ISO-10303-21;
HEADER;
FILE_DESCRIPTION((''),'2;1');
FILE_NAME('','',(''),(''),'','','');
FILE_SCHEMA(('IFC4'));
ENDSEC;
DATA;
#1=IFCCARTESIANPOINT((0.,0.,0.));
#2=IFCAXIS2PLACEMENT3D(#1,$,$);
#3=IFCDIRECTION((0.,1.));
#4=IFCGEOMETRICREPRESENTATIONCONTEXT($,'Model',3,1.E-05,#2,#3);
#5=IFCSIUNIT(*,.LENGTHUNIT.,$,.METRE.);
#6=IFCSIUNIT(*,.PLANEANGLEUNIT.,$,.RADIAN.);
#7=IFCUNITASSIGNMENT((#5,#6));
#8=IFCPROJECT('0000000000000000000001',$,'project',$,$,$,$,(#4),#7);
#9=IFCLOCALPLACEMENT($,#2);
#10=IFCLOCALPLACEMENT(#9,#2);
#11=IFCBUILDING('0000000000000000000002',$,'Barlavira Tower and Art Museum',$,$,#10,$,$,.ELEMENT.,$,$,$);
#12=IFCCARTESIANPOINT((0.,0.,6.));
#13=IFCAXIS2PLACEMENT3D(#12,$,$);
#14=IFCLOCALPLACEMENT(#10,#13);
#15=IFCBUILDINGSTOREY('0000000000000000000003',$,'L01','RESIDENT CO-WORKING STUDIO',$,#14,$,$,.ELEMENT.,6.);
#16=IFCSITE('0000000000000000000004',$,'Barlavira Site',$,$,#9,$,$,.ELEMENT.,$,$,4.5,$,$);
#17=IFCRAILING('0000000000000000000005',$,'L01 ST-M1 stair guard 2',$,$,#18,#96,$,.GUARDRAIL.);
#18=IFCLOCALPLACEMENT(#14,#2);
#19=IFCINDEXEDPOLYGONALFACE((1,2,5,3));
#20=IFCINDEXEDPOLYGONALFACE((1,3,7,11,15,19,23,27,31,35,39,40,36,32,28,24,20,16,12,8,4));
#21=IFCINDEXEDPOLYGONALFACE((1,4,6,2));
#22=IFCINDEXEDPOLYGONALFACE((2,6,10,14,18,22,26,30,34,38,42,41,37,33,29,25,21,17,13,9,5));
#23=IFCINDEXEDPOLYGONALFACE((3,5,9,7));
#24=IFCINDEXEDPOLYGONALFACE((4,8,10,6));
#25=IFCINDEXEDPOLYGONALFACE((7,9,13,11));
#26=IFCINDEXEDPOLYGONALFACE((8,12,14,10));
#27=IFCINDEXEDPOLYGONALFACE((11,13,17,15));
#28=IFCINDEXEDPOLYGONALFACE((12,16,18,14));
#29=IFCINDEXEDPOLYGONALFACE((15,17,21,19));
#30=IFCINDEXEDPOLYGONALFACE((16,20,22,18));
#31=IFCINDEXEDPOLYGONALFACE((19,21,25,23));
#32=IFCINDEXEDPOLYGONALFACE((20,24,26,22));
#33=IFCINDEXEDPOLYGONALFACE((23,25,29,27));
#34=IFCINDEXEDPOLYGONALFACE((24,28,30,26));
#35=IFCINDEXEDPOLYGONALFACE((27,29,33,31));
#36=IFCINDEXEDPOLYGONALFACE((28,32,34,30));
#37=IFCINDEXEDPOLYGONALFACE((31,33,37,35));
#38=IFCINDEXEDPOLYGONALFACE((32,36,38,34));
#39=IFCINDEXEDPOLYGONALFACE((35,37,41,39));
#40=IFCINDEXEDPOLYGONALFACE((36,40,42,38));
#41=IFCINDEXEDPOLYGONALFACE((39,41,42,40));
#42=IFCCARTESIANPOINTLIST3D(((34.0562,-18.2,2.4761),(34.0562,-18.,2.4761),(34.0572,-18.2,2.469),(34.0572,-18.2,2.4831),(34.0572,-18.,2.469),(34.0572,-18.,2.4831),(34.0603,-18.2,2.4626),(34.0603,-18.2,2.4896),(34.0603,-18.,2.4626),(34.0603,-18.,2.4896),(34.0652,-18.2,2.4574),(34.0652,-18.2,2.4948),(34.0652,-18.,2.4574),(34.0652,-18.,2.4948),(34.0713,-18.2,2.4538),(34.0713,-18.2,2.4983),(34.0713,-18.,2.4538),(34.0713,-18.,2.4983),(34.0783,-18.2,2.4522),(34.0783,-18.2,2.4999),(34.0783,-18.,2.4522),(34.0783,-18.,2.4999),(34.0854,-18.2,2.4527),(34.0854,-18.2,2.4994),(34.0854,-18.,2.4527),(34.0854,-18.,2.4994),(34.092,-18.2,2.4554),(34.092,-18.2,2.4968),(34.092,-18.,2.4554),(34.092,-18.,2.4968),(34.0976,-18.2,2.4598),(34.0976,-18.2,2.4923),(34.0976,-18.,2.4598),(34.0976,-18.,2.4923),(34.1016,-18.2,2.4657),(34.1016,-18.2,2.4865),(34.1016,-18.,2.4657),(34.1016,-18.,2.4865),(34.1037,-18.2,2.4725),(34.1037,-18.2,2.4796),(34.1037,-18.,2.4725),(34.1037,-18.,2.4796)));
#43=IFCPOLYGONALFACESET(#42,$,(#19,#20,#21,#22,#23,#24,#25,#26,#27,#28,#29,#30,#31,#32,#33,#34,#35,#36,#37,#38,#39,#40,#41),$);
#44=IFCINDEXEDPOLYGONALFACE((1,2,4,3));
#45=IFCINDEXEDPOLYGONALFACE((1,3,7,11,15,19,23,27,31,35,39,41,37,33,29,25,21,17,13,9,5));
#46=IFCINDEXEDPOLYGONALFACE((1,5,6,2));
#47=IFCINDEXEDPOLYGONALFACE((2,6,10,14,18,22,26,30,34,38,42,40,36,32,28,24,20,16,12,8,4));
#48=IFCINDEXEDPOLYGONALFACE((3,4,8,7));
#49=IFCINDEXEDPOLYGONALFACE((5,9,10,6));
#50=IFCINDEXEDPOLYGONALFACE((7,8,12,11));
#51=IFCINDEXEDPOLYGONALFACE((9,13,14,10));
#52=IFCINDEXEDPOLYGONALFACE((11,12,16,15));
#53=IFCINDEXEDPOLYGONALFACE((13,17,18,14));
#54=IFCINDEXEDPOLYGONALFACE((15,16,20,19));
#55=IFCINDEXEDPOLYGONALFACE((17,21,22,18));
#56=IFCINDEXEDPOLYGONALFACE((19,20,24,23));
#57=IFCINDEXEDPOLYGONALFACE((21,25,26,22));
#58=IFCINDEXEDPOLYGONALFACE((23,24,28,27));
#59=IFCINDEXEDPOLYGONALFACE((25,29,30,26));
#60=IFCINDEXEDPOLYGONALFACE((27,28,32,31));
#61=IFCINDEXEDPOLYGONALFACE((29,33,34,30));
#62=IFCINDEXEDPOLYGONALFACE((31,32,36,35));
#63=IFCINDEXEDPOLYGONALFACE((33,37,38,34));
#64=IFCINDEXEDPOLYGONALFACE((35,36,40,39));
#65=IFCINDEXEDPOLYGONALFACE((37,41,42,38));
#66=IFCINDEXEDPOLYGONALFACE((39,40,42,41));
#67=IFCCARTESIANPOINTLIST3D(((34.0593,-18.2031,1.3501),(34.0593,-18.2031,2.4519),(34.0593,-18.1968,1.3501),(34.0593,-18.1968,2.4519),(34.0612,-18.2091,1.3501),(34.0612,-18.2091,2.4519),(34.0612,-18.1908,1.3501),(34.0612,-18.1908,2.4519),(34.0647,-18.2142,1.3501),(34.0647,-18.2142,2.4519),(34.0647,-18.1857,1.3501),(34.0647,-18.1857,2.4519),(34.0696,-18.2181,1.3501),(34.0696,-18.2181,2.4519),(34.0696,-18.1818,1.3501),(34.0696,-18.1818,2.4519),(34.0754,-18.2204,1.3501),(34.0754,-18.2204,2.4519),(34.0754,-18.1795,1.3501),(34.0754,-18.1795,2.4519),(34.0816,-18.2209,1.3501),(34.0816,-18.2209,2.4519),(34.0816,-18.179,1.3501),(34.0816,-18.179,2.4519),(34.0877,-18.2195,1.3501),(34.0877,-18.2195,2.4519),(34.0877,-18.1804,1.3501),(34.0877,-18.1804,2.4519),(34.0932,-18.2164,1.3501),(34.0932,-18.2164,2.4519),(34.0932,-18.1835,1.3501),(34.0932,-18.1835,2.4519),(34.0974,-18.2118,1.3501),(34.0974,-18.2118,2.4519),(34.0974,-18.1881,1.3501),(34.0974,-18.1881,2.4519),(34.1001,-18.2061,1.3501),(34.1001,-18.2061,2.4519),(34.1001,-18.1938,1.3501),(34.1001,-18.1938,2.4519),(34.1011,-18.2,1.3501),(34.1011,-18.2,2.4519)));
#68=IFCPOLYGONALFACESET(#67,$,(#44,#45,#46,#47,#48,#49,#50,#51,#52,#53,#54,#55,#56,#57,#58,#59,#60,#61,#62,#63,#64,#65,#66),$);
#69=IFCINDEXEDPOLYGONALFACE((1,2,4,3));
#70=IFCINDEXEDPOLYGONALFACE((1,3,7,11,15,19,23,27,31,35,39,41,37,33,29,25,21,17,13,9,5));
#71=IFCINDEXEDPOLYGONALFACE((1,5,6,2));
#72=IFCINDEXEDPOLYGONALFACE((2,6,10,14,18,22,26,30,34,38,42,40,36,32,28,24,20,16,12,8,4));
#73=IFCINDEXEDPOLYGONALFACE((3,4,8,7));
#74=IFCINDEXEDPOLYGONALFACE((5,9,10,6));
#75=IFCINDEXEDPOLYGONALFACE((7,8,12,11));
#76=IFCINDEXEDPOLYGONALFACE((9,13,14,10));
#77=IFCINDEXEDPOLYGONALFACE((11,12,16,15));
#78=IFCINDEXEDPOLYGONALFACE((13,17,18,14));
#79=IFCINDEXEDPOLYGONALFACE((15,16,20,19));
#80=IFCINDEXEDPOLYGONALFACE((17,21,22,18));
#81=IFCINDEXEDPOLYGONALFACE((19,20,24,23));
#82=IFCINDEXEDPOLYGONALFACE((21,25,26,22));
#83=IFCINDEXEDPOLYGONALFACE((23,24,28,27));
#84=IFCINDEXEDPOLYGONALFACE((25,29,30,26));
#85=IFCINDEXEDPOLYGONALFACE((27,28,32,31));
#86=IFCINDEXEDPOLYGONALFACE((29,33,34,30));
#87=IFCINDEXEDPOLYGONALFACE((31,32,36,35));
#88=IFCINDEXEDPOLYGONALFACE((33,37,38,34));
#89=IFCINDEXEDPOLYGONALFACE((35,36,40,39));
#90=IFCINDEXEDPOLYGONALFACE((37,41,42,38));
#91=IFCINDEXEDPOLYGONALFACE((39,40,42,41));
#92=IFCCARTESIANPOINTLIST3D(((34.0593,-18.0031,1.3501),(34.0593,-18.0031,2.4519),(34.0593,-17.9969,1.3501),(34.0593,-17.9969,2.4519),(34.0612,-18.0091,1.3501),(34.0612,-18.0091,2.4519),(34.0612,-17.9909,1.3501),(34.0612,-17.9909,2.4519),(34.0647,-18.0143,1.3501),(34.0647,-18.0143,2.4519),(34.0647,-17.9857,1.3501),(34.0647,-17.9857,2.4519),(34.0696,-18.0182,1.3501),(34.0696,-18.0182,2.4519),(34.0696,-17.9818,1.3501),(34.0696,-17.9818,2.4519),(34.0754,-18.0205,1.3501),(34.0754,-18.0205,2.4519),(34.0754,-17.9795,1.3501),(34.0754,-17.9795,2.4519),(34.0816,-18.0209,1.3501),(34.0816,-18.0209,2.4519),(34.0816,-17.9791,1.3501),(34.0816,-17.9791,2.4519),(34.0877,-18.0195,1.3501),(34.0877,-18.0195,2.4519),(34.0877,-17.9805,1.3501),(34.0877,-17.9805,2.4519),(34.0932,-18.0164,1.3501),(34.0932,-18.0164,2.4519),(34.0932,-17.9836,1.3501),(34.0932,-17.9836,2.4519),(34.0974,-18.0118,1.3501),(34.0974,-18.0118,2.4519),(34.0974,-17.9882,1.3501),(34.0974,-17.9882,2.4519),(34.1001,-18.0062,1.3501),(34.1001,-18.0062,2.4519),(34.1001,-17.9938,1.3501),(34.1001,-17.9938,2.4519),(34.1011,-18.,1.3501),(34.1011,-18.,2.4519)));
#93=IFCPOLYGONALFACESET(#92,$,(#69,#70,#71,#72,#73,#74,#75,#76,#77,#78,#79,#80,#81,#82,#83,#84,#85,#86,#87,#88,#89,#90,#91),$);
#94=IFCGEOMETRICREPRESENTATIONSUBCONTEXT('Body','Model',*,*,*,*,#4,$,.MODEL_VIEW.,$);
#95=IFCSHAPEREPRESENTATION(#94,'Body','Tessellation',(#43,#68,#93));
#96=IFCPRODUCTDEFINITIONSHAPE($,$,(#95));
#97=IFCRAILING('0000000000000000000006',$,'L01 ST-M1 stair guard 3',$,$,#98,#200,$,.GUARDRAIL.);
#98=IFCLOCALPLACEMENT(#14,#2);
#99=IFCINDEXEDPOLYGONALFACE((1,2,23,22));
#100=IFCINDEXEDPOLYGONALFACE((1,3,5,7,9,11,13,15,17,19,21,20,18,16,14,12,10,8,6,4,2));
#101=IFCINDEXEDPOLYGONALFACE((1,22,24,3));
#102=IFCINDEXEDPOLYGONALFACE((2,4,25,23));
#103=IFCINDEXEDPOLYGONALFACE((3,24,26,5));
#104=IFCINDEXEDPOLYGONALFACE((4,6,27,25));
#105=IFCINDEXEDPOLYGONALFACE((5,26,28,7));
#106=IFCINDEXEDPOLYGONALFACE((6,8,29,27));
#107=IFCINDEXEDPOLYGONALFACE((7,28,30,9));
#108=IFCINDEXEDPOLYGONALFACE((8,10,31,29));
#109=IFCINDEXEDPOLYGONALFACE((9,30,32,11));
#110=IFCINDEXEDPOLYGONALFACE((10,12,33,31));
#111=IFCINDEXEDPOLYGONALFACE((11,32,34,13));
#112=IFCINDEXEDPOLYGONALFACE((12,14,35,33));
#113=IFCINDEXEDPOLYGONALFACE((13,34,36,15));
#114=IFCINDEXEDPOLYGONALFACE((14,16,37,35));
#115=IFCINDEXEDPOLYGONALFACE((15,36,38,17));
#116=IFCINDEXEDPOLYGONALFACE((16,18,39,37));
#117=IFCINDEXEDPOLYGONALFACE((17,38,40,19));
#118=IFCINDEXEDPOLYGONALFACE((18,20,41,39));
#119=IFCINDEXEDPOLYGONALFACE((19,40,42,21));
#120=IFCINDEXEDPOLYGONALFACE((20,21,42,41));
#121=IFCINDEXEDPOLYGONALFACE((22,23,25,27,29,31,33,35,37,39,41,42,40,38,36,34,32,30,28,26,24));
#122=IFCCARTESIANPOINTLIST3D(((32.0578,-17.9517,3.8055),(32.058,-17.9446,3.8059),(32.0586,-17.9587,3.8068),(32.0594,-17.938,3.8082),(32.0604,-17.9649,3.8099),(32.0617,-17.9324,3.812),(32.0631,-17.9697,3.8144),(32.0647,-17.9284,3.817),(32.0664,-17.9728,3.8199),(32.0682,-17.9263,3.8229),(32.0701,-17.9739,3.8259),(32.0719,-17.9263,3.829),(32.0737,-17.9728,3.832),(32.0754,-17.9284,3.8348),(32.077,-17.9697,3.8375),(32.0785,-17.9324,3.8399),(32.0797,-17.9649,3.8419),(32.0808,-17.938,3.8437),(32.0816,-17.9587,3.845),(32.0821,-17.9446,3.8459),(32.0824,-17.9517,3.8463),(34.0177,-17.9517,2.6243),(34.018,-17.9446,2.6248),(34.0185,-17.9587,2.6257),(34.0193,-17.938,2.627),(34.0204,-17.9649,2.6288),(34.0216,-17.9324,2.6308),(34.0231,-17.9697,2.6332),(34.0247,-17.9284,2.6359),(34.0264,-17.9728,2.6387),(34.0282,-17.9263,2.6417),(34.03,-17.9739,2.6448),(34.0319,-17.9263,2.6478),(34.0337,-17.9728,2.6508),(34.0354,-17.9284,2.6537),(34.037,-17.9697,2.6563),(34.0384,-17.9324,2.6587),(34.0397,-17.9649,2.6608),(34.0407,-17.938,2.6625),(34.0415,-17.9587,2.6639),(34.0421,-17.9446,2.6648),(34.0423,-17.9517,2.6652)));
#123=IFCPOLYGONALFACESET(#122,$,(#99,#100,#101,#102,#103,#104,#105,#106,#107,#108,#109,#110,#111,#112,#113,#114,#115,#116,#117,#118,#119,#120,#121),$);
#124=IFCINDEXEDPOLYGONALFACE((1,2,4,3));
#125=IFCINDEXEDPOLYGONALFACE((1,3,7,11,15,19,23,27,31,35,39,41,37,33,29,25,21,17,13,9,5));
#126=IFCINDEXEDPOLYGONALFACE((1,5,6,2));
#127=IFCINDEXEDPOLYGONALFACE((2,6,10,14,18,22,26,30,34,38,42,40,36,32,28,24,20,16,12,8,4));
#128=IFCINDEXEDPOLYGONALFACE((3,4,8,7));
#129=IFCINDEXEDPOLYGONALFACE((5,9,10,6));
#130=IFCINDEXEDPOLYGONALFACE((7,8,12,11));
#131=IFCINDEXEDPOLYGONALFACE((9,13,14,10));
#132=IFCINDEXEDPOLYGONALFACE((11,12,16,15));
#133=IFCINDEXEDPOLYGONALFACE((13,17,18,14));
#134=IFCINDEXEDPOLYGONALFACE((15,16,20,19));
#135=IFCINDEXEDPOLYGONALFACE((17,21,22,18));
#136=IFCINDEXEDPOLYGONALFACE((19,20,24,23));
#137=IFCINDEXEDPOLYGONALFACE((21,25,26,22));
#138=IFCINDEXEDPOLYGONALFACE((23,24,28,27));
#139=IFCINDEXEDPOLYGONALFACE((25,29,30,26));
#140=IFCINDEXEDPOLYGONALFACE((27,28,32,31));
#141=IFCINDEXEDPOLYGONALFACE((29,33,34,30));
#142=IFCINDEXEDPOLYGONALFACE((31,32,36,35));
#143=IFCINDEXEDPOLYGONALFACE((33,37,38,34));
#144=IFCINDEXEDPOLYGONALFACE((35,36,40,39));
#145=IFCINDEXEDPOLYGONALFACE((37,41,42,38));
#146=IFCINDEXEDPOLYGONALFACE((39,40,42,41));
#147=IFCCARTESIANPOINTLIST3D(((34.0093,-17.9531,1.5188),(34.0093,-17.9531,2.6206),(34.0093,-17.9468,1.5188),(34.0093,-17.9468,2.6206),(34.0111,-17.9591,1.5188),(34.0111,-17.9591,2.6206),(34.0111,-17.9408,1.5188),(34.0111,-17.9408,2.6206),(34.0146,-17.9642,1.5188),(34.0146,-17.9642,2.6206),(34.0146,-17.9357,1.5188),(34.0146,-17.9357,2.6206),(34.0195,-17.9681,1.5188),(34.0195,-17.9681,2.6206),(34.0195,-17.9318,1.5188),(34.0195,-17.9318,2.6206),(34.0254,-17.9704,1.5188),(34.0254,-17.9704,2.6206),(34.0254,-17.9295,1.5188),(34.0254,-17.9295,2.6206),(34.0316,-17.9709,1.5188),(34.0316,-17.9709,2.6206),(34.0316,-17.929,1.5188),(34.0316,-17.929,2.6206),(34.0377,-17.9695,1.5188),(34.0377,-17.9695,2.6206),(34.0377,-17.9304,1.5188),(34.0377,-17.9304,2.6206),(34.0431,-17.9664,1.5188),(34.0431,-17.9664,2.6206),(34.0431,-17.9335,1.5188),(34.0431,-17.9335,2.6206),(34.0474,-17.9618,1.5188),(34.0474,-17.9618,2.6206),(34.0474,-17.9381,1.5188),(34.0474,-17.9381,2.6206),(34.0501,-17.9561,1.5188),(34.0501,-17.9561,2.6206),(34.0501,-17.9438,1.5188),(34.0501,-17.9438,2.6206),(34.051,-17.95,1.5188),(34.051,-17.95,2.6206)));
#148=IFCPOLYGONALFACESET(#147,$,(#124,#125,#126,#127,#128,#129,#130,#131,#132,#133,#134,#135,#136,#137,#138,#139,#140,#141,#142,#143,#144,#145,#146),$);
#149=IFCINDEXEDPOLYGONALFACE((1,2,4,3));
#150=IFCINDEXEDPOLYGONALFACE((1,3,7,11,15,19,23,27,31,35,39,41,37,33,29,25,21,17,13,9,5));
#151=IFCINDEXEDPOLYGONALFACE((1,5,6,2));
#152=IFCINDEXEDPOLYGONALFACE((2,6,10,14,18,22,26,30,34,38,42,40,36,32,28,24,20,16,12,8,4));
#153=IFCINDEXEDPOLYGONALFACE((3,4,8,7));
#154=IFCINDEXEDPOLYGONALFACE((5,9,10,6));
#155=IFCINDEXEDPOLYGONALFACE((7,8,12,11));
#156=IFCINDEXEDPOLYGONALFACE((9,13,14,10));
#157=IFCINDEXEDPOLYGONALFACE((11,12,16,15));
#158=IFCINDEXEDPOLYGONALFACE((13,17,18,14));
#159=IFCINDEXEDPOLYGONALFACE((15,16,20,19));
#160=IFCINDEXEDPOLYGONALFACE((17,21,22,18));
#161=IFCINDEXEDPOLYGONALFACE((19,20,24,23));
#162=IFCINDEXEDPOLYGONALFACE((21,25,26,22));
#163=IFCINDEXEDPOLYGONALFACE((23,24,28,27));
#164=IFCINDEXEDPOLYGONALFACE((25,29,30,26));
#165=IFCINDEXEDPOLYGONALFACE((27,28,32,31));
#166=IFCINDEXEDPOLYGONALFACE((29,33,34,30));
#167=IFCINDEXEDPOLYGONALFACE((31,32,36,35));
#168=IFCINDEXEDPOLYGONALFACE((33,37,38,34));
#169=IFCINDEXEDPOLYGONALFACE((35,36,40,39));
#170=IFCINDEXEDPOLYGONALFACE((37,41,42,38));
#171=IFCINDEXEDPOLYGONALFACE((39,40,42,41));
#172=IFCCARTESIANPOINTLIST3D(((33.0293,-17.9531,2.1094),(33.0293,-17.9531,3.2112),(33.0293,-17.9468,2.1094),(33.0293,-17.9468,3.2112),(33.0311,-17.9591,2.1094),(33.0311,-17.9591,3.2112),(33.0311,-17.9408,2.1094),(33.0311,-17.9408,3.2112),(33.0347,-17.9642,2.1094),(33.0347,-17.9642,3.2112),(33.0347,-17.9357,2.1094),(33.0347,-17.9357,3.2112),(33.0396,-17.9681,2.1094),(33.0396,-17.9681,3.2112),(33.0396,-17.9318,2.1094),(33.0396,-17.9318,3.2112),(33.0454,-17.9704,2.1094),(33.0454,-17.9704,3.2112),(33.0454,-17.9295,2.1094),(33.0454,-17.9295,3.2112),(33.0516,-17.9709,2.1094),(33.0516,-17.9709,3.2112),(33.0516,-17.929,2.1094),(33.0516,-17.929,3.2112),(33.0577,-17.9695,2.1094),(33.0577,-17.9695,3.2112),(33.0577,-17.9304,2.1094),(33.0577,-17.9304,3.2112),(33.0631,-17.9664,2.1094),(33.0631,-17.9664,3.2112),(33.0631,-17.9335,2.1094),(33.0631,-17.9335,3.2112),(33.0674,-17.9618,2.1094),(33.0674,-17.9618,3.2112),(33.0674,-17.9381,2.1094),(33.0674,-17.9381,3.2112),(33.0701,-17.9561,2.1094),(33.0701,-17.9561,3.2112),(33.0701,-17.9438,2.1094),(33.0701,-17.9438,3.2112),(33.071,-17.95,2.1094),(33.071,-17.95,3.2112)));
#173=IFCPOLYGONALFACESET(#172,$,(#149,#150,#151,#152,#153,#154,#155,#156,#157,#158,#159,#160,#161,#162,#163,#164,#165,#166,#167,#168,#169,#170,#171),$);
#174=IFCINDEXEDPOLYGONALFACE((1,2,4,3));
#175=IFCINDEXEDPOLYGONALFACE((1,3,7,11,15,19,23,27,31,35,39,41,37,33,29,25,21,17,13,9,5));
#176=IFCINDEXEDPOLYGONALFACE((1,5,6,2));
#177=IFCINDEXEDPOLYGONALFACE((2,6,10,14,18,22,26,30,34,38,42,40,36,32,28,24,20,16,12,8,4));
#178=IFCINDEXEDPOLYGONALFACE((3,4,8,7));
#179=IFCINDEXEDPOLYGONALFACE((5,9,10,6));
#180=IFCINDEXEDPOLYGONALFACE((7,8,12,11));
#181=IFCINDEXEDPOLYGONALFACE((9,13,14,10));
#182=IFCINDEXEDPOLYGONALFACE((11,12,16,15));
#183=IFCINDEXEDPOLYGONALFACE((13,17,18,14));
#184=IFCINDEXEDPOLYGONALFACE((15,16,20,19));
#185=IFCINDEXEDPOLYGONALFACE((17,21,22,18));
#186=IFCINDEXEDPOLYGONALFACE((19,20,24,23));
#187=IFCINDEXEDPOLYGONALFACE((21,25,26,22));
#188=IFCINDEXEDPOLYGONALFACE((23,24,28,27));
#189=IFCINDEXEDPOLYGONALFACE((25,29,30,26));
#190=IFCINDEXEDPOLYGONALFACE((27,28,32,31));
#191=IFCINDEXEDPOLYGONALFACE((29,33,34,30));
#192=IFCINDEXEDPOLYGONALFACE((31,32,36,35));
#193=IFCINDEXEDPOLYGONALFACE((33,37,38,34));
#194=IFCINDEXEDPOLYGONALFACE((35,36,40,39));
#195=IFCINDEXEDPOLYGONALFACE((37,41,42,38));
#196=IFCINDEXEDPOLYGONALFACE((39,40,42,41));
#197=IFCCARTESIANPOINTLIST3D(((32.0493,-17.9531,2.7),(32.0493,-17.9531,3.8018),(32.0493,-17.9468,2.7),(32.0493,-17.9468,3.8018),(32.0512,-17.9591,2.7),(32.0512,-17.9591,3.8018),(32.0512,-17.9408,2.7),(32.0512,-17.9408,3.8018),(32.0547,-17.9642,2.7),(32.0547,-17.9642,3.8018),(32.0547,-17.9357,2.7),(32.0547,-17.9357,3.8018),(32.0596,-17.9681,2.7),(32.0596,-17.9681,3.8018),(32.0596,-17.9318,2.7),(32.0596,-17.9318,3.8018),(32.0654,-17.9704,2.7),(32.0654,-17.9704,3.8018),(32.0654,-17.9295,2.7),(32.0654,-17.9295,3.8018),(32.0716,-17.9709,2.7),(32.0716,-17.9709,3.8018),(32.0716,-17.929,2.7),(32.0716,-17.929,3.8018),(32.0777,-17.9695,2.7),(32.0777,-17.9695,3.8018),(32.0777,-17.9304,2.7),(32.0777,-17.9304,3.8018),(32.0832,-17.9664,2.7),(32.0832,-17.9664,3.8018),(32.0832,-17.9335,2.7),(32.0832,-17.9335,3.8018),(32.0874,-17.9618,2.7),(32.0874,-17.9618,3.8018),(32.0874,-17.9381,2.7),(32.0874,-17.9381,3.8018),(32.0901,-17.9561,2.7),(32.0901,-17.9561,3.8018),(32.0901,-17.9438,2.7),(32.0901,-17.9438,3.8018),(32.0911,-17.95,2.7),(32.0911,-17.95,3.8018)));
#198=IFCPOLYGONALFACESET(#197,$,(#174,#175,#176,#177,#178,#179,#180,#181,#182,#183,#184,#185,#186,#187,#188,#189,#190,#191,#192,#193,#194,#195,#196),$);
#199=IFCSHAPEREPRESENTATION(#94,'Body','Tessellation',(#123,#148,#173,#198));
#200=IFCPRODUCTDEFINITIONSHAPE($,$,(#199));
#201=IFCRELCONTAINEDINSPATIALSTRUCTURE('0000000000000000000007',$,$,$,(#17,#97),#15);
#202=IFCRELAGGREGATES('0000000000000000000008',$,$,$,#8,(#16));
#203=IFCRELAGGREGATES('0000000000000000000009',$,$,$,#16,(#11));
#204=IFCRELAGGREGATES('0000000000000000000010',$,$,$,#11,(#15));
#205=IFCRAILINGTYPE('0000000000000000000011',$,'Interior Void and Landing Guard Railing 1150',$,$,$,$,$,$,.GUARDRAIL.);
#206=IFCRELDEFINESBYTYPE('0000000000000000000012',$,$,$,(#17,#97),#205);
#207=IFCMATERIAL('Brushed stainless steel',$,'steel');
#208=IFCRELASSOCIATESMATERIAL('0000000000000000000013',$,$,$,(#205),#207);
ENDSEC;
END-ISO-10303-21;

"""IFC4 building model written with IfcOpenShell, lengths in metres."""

from ifc_helpers import new_model, si_unit, direction, frame, origin, origin_2d, place, context, subcontext, project, spatial, circle, extrude, material, type_object, element, save


model = new_model("IFC4")

# Units and contexts
model_context = context("Model", 3, precision=1e-05, world=origin(), true_north=direction((0.0, 1.0)))
body_context = subcontext(model_context, "Body", "Model", "MODEL_VIEW")
ifc_project = project(units=[si_unit("LENGTHUNIT", "METRE"), si_unit("PLANEANGLEUNIT", "RADIAN")], contexts=[model_context])

# Site, building, storey
site_placement = place(None, origin())
site = spatial("IfcSite", under=ifc_project, at=site_placement, Name="Barlavira Site", CompositionType="ELEMENT", RefElevation=4.5)
building_placement = place(site_placement, origin())
building = spatial("IfcBuilding", under=site, at=building_placement, Name="Barlavira Tower and Art Museum", CompositionType="ELEMENT")
storey_placement = place(building_placement, frame((0.0, 0.0, 6.0)))
storey = spatial("IfcBuildingStorey", under=building, at=storey_placement, Name="L01", Description="RESIDENT CO-WORKING STUDIO", CompositionType="ELEMENT", Elevation=6.0)

# Shared definitions
ifc_material_1 = material(Name="Brushed stainless steel", Category="steel")

# Railings
railing_type_1 = type_object("IfcRailingType", Name="Interior Void and Landing Guard Railing 1150", PredefinedType="GUARDRAIL", material=ifc_material_1)
railing_1_placement = place(storey_placement, frame((34.0801, -18.2, 1.3501)))
element("IfcRailing", 1, at=railing_1_placement, inside=storey, type_object=railing_type_1, Name="L01 ST-M1 stair guard 2", PredefinedType="GUARDRAIL", context=body_context, shape_type="SweptSolid", body=[
    extrude(circle(Radius=0.0239, at=origin_2d()), frame((0.0, 0.0, 1.126), z_axis=(0.0, 1.0, 0.0), x_axis=(-1.0, 0.0, 0.0)), (0.0, 0.0, 1.0), 0.2),
    extrude(circle(Radius=0.021, at=origin_2d()), origin(), (0.0, 0.0, 1.0), 1.1018),
    extrude(circle(Radius=0.021, at=origin_2d()), frame((0.0, 0.2, 0.0)), (0.0, 0.0, 1.0), 1.1018),
])
railing_2_placement = place(storey_placement, frame((34.03, -17.95, 1.5188)))
element("IfcRailing", 2, at=railing_2_placement, inside=storey, type_object=railing_type_1, Name="L01 ST-M1 stair guard 3", PredefinedType="GUARDRAIL", context=body_context, shape_type="SweptSolid", body=[
    extrude(circle(Radius=0.0239, at=origin_2d()), frame((0.0, 0.0, 1.126), z_axis=(-0.856493, 0.0, 0.516158), x_axis=(0.0, -1.0, 0.0)), (0.0, 0.0, 1.0), 2.2883),
    extrude(circle(Radius=0.021, at=origin_2d()), origin(), (0.0, 0.0, 1.0), 1.1018),
    extrude(circle(Radius=0.021, at=origin_2d()), frame((-0.98, 0.0, 0.5906)), (0.0, 0.0, 1.0), 1.1018),
    extrude(circle(Radius=0.021, at=origin_2d()), frame((-1.96, 0.0, 1.1812)), (0.0, 0.0, 1.0), 1.1018),
])

save(model, "model.ifc")
